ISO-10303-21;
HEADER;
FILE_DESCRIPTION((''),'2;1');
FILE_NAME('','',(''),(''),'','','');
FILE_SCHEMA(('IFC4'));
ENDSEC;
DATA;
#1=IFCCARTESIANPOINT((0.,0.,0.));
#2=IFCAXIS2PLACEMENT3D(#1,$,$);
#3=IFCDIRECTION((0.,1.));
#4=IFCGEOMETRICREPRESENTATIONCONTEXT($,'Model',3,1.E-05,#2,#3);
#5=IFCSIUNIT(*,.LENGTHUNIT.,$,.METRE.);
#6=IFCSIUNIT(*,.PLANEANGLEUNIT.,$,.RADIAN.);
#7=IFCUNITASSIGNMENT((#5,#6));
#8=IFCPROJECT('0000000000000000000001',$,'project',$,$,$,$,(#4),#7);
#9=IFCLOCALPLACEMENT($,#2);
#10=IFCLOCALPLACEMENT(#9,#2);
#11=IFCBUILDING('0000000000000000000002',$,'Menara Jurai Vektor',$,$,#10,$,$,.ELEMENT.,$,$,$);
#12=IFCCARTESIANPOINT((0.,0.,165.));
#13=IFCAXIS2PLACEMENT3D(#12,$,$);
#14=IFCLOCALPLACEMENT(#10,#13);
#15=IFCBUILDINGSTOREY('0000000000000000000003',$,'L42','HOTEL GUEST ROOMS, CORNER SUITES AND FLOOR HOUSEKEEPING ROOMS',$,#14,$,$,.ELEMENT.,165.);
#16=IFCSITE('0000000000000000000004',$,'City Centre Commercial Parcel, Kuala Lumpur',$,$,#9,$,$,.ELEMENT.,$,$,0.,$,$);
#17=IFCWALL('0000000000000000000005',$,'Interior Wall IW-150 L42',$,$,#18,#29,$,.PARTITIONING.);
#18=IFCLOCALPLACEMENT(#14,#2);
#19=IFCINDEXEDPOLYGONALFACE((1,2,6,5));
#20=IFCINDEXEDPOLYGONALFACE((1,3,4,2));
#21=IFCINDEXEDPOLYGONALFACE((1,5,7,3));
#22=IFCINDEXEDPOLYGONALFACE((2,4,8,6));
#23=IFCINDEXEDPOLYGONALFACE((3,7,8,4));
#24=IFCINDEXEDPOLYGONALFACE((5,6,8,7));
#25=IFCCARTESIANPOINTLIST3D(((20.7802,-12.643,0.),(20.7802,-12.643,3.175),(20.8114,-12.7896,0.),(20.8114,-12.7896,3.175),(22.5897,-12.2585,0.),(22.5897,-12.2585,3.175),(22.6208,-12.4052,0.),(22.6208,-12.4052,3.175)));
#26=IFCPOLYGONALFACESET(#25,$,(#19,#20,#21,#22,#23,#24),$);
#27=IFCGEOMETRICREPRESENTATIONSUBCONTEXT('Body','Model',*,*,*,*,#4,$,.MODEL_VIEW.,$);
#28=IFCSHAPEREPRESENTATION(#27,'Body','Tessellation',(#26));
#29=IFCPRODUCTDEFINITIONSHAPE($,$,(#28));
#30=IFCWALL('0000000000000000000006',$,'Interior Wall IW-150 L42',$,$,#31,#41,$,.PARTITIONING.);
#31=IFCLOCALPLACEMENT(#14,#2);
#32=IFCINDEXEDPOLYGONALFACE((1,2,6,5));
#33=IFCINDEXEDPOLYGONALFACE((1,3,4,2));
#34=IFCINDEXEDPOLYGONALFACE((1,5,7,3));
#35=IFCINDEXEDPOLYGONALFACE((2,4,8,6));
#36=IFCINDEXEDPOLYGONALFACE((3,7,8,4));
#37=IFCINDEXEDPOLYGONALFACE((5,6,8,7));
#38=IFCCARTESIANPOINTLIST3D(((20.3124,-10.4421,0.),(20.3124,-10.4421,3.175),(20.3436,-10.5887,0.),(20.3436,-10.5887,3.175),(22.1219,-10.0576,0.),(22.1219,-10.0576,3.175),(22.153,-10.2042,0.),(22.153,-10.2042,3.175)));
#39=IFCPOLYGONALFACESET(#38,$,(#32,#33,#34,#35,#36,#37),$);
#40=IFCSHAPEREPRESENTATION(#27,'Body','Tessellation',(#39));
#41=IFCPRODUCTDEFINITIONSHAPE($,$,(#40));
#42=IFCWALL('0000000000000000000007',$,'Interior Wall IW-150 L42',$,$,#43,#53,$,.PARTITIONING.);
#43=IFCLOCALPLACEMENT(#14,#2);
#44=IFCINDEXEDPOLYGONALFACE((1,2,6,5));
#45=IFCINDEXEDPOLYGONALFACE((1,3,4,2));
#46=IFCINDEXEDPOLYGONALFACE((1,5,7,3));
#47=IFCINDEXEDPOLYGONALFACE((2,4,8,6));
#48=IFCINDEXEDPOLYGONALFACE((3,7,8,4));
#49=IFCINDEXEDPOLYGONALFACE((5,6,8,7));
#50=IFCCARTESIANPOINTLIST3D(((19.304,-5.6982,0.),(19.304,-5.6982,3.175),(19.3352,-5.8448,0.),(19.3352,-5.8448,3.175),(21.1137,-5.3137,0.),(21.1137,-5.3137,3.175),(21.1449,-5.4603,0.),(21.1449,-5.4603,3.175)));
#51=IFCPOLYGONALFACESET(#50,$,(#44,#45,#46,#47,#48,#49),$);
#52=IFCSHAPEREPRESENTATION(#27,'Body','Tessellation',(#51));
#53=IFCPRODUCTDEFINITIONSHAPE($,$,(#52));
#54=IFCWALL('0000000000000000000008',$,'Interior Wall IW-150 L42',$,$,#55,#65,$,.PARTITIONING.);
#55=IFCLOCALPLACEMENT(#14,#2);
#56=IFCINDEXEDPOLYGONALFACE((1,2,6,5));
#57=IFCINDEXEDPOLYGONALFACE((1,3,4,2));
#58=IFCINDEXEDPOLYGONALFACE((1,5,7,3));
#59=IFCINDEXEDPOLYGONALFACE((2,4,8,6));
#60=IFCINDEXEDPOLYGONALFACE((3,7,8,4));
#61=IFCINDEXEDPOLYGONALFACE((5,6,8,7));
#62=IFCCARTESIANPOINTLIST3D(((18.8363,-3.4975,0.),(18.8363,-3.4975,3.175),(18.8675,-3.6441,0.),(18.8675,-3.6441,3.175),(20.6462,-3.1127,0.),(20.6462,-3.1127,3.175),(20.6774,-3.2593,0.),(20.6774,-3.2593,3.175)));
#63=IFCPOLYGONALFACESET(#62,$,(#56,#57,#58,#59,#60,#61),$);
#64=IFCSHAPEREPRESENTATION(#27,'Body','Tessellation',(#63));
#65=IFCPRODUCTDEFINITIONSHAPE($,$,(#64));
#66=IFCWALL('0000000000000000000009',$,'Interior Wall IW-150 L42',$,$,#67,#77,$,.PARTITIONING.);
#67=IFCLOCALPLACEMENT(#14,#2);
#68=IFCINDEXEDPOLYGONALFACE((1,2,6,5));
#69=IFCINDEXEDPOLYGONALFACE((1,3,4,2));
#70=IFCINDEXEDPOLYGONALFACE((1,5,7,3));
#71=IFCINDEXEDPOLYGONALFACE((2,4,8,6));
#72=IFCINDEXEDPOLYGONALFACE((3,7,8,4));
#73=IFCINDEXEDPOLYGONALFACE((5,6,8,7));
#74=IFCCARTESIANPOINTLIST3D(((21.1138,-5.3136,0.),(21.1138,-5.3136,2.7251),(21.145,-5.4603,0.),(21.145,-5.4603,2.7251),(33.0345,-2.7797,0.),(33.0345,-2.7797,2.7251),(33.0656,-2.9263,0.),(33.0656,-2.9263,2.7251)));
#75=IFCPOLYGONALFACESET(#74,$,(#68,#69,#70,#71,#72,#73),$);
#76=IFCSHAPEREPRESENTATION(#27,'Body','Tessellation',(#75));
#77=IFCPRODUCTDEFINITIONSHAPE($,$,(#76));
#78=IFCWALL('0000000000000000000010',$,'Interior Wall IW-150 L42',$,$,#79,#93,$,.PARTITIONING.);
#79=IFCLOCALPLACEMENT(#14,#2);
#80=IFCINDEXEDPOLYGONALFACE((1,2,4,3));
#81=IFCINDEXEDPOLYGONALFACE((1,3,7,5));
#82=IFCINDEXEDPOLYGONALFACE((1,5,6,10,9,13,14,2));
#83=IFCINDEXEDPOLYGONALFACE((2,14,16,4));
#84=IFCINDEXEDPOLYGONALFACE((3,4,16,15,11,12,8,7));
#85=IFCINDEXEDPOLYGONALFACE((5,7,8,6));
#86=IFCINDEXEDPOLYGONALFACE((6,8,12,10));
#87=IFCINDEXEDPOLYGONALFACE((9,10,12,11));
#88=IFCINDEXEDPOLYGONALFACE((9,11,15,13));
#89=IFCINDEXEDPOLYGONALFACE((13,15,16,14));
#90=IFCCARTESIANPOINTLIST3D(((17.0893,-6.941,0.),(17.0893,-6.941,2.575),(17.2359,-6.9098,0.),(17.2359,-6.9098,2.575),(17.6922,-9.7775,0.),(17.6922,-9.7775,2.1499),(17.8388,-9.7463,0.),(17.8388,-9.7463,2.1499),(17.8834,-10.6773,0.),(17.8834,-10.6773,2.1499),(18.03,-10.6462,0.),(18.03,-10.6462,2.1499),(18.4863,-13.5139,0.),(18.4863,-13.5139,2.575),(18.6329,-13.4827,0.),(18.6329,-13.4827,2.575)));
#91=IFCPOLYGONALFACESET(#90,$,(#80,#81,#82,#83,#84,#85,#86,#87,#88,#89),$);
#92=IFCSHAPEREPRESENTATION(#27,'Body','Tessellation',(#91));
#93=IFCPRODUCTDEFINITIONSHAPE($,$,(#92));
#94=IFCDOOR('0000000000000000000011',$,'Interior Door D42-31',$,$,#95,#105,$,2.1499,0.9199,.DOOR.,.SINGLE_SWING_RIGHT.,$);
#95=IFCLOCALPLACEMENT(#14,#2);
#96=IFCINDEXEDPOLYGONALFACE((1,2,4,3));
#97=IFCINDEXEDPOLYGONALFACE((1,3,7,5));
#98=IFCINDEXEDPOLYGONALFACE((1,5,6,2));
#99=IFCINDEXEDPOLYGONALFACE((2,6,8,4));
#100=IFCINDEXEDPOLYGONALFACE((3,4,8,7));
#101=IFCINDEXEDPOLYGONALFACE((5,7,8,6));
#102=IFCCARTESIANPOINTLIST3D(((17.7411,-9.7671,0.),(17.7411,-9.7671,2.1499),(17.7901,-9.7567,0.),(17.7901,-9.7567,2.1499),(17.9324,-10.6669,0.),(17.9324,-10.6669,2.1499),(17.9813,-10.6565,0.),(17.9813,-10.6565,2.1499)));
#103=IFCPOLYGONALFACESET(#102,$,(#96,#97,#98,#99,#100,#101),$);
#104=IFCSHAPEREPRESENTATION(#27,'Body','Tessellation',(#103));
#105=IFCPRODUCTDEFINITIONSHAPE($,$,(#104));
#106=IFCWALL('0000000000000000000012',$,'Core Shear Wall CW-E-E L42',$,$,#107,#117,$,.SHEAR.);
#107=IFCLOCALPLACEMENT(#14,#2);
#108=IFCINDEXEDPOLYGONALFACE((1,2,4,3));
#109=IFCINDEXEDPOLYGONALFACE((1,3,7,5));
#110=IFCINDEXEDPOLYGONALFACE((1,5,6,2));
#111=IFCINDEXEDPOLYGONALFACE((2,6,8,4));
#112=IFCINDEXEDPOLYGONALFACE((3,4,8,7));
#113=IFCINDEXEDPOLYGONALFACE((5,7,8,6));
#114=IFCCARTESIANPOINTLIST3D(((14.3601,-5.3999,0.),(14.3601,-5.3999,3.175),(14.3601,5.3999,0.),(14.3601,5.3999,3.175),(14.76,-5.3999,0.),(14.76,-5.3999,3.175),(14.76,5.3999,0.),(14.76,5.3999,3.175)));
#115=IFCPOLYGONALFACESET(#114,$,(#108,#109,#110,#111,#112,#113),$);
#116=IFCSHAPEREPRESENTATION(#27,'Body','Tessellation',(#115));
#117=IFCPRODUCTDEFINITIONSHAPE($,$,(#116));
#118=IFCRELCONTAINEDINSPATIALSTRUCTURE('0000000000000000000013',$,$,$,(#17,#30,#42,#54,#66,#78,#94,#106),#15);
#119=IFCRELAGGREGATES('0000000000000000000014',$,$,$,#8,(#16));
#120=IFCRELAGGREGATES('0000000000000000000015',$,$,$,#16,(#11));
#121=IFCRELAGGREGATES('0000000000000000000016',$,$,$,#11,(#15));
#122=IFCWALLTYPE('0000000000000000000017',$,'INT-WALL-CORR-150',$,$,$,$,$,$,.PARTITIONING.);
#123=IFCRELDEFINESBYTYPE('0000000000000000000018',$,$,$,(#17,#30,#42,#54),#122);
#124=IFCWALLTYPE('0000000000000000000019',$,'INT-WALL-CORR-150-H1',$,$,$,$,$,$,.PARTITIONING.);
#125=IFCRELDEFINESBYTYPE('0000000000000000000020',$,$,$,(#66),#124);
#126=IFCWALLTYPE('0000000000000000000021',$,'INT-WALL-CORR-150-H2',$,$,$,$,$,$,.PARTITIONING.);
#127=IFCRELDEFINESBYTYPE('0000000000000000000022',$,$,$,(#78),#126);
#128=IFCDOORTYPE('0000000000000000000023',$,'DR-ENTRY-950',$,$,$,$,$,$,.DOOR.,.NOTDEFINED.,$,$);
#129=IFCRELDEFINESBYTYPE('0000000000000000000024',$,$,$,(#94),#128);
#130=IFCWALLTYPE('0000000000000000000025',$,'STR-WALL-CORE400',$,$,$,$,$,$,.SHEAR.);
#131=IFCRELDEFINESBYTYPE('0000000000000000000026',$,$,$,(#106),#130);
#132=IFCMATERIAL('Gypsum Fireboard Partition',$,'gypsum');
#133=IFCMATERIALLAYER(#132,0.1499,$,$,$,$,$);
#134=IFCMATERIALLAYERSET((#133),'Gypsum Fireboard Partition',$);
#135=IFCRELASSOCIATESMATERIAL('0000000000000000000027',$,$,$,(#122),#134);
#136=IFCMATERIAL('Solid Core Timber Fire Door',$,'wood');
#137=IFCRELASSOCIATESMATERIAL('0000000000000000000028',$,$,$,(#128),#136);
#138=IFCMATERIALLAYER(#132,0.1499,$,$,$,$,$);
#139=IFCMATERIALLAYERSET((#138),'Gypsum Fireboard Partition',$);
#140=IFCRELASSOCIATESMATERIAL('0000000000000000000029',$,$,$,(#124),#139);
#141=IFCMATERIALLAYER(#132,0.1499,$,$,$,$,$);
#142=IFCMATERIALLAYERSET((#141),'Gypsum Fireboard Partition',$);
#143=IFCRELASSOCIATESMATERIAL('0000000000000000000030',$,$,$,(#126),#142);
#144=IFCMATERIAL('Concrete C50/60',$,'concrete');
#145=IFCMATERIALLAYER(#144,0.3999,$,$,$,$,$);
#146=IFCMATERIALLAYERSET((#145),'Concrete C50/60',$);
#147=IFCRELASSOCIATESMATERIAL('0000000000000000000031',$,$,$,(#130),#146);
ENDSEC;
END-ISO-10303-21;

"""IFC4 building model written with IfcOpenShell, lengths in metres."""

from ifc_helpers import new_model, si_unit, direction, frame, frame_2d, origin, place, context, subcontext, project, spatial, rectangle, extrude, material, layer, layer_set, type_object, element, fill, save


model = new_model("IFC4")

# Units and contexts
model_context = context("Model", 3, precision=1e-05, world=origin(), true_north=direction((0.0, 1.0)))
body_context = subcontext(model_context, "Body", "Model", "MODEL_VIEW")
ifc_project = project(units=[si_unit("LENGTHUNIT", "METRE"), si_unit("PLANEANGLEUNIT", "RADIAN")], contexts=[model_context])

# Site, building, storey
site_placement = place(None, origin())
site = spatial("IfcSite", under=ifc_project, at=site_placement, Name="City Centre Commercial Parcel, Kuala Lumpur", CompositionType="ELEMENT", RefElevation=0.0)
building_placement = place(site_placement, origin())
building = spatial("IfcBuilding", under=site, at=building_placement, Name="Menara Jurai Vektor", CompositionType="ELEMENT")
storey_placement = place(building_placement, frame((0.0, 0.0, 165.0)))
storey = spatial("IfcBuildingStorey", under=building, at=storey_placement, Name="L42", Description="HOTEL GUEST ROOMS, CORNER SUITES AND FLOOR HOUSEKEEPING ROOMS", CompositionType="ELEMENT", Elevation=165.0)

# Shared definitions
ifc_material_1 = material(Name="Concrete C50/60", Category="concrete")

# Shared definitions
ifc_material_2 = material(Name="Gypsum Fireboard Partition", Category="gypsum")
ifc_layer_1 = layer(ifc_material_2, 0.1499)
ifc_layer_set_1 = layer_set([ifc_layer_1], Name="Gypsum Fireboard Partition")
wall_type_1 = type_object("IfcWallType", Name="INT-WALL-CORR-150", PredefinedType="PARTITIONING", material=ifc_layer_set_1)

# Shared definitions
ifc_material_3 = material(Name="Solid Core Timber Fire Door", Category="wood")
door_type_1 = type_object("IfcDoorType", Name="DR-ENTRY-950", OperationType="NOTDEFINED", PredefinedType="DOOR", material=ifc_material_3)

# Walls
for number, where, z_axis, x_axis, name in (
    (1, (20.7959, -12.7163, 0.0), (0.0, 0.0, 1.0), (0.97816, 0.207852, 0.0), "Interior Wall IW-150 L42"),
    (2, (20.3281, -10.5154, 0.0), (0.0, 0.0, 1.0), (0.97816, 0.207852, 0.0), "Interior Wall IW-150 L42"),
):
    element("IfcWall", number, at=place(storey_placement, frame(where, z_axis=z_axis, x_axis=x_axis)), inside=storey, type_object=wall_type_1, Name=name, PredefinedType="PARTITIONING", context=body_context, shape_type="SweptSolid", body=[
        extrude(rectangle(XDim=1.8499, YDim=0.1499, at=frame_2d((0.9248, 0.0))), origin(), (0.0, 0.0, 1.0), 3.175),
    ])
wall_1_placement = place(storey_placement, frame((19.3196, -5.7715, 0.0), z_axis=(0.0, 0.0, 1.0), x_axis=(0.978166, 0.207826, 0.0)))
element("IfcWall", 3, at=wall_1_placement, inside=storey, type_object=wall_type_1, Name="Interior Wall IW-150 L42", PredefinedType="PARTITIONING", context=body_context, shape_type="SweptSolid", body=[
    extrude(rectangle(XDim=1.8501, YDim=0.1499, at=frame_2d((0.925, 0.0))), origin(), (0.0, 0.0, 1.0), 3.175),
])
wall_2_placement = place(storey_placement, frame((18.8518, -3.5708, 0.0), z_axis=(0.0, 0.0, 1.0), x_axis=(0.978139, 0.207952, 0.0)))
element("IfcWall", 4, at=wall_2_placement, inside=storey, type_object=wall_type_1, Name="Interior Wall IW-150 L42", PredefinedType="PARTITIONING", context=body_context, shape_type="SweptSolid", body=[
    extrude(rectangle(XDim=1.8503, YDim=0.1499, at=frame_2d((0.9253, 0.0))), origin(), (0.0, 0.0, 1.0), 3.175),
])

# Wall
ifc_layer_2 = layer(ifc_material_2, 0.1499)
ifc_layer_set_2 = layer_set([ifc_layer_2], Name="Gypsum Fireboard Partition")
wall_type_2 = type_object("IfcWallType", Name="INT-WALL-CORR-150-H1", PredefinedType="PARTITIONING", material=ifc_layer_set_2)
wall_3_placement = place(storey_placement, frame((21.1294, -5.387, 0.0), z_axis=(0.0, 0.0, 1.0), x_axis=(0.978146, 0.207921, 0.0)))
element("IfcWall", 5, at=wall_3_placement, inside=storey, type_object=wall_type_2, Name="Interior Wall IW-150 L42", PredefinedType="PARTITIONING", context=body_context, shape_type="SweptSolid", body=[
    extrude(rectangle(XDim=12.187, YDim=0.1499, at=frame_2d((6.0935, 0.0))), origin(), (0.0, 0.0, 1.0), 2.7251),
])

# Wall, opening, door
ifc_layer_3 = layer(ifc_material_2, 0.1499)
ifc_layer_set_3 = layer_set([ifc_layer_3], Name="Gypsum Fireboard Partition")
wall_type_3 = type_object("IfcWallType", Name="INT-WALL-CORR-150-H2", PredefinedType="PARTITIONING", material=ifc_layer_set_3)
wall_4_placement = place(storey_placement, frame((18.5596, -13.4983, 0.0), z_axis=(0.0, 0.0, 1.0), x_axis=(-0.207889, 0.978152, 0.0)))
wall_4 = element("IfcWall", 6, at=wall_4_placement, inside=storey, type_object=wall_type_3, Name="Interior Wall IW-150 L42", PredefinedType="PARTITIONING", context=body_context, shape_type="SweptSolid", body=[
    extrude(rectangle(XDim=6.7197, YDim=0.1499, at=frame_2d((3.3599, 0.0))), origin(), (0.0, 0.0, 1.0), 2.575),
])
opening_1_placement = place(wall_4_placement, frame((2.8999, 0.0, 0.0)))
opening_1 = element("IfcOpeningElement", 7, at=opening_1_placement, cuts=wall_4, PredefinedType="OPENING", context=body_context, shape_type="SweptSolid", body=[
    extrude(rectangle(XDim=0.9199, YDim=2.1499, at=frame_2d((0.46, 1.075))), frame((0.0, 0.085, 0.0), z_axis=(0.0, -1.0, 0.0), x_axis=(1.0, 0.0, 0.0)), (0.0, 0.0, 1.0), 0.1699),
])
door_1_placement = place(opening_1_placement, origin())
door_1 = element("IfcDoor", 8, at=door_1_placement, inside=storey, type_object=door_type_1, Name="Interior Door D42-31", OperationType="SINGLE_SWING_RIGHT", OverallHeight=2.1499, OverallWidth=0.9199, PredefinedType="DOOR", context=body_context, shape_type="SweptSolid", body=[
    extrude(rectangle(XDim=0.9199, YDim=2.1499, at=frame_2d((0.46, 1.075))), frame((0.0, 0.0249, 0.0), z_axis=(0.0, -1.0, 0.0), x_axis=(1.0, 0.0, 0.0)), (0.0, 0.0, 1.0), 0.05),
])
fill(opening_1, door_1)

# Wall
ifc_layer_4 = layer(ifc_material_1, 0.3999)
ifc_layer_set_4 = layer_set([ifc_layer_4], Name="Concrete C50/60")
wall_type_4 = type_object("IfcWallType", Name="STR-WALL-CORE400", PredefinedType="SHEAR", material=ifc_layer_set_4)
wall_5_placement = place(storey_placement, frame((14.5601, -5.3999, 0.0), z_axis=(0.0, 0.0, 1.0), x_axis=(0.0, 1.0, 0.0)))
element("IfcWall", 9, at=wall_5_placement, inside=storey, type_object=wall_type_4, Name="Core Shear Wall CW-E-E L42", PredefinedType="SHEAR", context=body_context, shape_type="SweptSolid", body=[
    extrude(rectangle(XDim=10.7998, YDim=0.3999, at=frame_2d((5.3999, 0.0))), origin(), (0.0, 0.0, 1.0), 3.175),
])

save(model, "model.ifc")
